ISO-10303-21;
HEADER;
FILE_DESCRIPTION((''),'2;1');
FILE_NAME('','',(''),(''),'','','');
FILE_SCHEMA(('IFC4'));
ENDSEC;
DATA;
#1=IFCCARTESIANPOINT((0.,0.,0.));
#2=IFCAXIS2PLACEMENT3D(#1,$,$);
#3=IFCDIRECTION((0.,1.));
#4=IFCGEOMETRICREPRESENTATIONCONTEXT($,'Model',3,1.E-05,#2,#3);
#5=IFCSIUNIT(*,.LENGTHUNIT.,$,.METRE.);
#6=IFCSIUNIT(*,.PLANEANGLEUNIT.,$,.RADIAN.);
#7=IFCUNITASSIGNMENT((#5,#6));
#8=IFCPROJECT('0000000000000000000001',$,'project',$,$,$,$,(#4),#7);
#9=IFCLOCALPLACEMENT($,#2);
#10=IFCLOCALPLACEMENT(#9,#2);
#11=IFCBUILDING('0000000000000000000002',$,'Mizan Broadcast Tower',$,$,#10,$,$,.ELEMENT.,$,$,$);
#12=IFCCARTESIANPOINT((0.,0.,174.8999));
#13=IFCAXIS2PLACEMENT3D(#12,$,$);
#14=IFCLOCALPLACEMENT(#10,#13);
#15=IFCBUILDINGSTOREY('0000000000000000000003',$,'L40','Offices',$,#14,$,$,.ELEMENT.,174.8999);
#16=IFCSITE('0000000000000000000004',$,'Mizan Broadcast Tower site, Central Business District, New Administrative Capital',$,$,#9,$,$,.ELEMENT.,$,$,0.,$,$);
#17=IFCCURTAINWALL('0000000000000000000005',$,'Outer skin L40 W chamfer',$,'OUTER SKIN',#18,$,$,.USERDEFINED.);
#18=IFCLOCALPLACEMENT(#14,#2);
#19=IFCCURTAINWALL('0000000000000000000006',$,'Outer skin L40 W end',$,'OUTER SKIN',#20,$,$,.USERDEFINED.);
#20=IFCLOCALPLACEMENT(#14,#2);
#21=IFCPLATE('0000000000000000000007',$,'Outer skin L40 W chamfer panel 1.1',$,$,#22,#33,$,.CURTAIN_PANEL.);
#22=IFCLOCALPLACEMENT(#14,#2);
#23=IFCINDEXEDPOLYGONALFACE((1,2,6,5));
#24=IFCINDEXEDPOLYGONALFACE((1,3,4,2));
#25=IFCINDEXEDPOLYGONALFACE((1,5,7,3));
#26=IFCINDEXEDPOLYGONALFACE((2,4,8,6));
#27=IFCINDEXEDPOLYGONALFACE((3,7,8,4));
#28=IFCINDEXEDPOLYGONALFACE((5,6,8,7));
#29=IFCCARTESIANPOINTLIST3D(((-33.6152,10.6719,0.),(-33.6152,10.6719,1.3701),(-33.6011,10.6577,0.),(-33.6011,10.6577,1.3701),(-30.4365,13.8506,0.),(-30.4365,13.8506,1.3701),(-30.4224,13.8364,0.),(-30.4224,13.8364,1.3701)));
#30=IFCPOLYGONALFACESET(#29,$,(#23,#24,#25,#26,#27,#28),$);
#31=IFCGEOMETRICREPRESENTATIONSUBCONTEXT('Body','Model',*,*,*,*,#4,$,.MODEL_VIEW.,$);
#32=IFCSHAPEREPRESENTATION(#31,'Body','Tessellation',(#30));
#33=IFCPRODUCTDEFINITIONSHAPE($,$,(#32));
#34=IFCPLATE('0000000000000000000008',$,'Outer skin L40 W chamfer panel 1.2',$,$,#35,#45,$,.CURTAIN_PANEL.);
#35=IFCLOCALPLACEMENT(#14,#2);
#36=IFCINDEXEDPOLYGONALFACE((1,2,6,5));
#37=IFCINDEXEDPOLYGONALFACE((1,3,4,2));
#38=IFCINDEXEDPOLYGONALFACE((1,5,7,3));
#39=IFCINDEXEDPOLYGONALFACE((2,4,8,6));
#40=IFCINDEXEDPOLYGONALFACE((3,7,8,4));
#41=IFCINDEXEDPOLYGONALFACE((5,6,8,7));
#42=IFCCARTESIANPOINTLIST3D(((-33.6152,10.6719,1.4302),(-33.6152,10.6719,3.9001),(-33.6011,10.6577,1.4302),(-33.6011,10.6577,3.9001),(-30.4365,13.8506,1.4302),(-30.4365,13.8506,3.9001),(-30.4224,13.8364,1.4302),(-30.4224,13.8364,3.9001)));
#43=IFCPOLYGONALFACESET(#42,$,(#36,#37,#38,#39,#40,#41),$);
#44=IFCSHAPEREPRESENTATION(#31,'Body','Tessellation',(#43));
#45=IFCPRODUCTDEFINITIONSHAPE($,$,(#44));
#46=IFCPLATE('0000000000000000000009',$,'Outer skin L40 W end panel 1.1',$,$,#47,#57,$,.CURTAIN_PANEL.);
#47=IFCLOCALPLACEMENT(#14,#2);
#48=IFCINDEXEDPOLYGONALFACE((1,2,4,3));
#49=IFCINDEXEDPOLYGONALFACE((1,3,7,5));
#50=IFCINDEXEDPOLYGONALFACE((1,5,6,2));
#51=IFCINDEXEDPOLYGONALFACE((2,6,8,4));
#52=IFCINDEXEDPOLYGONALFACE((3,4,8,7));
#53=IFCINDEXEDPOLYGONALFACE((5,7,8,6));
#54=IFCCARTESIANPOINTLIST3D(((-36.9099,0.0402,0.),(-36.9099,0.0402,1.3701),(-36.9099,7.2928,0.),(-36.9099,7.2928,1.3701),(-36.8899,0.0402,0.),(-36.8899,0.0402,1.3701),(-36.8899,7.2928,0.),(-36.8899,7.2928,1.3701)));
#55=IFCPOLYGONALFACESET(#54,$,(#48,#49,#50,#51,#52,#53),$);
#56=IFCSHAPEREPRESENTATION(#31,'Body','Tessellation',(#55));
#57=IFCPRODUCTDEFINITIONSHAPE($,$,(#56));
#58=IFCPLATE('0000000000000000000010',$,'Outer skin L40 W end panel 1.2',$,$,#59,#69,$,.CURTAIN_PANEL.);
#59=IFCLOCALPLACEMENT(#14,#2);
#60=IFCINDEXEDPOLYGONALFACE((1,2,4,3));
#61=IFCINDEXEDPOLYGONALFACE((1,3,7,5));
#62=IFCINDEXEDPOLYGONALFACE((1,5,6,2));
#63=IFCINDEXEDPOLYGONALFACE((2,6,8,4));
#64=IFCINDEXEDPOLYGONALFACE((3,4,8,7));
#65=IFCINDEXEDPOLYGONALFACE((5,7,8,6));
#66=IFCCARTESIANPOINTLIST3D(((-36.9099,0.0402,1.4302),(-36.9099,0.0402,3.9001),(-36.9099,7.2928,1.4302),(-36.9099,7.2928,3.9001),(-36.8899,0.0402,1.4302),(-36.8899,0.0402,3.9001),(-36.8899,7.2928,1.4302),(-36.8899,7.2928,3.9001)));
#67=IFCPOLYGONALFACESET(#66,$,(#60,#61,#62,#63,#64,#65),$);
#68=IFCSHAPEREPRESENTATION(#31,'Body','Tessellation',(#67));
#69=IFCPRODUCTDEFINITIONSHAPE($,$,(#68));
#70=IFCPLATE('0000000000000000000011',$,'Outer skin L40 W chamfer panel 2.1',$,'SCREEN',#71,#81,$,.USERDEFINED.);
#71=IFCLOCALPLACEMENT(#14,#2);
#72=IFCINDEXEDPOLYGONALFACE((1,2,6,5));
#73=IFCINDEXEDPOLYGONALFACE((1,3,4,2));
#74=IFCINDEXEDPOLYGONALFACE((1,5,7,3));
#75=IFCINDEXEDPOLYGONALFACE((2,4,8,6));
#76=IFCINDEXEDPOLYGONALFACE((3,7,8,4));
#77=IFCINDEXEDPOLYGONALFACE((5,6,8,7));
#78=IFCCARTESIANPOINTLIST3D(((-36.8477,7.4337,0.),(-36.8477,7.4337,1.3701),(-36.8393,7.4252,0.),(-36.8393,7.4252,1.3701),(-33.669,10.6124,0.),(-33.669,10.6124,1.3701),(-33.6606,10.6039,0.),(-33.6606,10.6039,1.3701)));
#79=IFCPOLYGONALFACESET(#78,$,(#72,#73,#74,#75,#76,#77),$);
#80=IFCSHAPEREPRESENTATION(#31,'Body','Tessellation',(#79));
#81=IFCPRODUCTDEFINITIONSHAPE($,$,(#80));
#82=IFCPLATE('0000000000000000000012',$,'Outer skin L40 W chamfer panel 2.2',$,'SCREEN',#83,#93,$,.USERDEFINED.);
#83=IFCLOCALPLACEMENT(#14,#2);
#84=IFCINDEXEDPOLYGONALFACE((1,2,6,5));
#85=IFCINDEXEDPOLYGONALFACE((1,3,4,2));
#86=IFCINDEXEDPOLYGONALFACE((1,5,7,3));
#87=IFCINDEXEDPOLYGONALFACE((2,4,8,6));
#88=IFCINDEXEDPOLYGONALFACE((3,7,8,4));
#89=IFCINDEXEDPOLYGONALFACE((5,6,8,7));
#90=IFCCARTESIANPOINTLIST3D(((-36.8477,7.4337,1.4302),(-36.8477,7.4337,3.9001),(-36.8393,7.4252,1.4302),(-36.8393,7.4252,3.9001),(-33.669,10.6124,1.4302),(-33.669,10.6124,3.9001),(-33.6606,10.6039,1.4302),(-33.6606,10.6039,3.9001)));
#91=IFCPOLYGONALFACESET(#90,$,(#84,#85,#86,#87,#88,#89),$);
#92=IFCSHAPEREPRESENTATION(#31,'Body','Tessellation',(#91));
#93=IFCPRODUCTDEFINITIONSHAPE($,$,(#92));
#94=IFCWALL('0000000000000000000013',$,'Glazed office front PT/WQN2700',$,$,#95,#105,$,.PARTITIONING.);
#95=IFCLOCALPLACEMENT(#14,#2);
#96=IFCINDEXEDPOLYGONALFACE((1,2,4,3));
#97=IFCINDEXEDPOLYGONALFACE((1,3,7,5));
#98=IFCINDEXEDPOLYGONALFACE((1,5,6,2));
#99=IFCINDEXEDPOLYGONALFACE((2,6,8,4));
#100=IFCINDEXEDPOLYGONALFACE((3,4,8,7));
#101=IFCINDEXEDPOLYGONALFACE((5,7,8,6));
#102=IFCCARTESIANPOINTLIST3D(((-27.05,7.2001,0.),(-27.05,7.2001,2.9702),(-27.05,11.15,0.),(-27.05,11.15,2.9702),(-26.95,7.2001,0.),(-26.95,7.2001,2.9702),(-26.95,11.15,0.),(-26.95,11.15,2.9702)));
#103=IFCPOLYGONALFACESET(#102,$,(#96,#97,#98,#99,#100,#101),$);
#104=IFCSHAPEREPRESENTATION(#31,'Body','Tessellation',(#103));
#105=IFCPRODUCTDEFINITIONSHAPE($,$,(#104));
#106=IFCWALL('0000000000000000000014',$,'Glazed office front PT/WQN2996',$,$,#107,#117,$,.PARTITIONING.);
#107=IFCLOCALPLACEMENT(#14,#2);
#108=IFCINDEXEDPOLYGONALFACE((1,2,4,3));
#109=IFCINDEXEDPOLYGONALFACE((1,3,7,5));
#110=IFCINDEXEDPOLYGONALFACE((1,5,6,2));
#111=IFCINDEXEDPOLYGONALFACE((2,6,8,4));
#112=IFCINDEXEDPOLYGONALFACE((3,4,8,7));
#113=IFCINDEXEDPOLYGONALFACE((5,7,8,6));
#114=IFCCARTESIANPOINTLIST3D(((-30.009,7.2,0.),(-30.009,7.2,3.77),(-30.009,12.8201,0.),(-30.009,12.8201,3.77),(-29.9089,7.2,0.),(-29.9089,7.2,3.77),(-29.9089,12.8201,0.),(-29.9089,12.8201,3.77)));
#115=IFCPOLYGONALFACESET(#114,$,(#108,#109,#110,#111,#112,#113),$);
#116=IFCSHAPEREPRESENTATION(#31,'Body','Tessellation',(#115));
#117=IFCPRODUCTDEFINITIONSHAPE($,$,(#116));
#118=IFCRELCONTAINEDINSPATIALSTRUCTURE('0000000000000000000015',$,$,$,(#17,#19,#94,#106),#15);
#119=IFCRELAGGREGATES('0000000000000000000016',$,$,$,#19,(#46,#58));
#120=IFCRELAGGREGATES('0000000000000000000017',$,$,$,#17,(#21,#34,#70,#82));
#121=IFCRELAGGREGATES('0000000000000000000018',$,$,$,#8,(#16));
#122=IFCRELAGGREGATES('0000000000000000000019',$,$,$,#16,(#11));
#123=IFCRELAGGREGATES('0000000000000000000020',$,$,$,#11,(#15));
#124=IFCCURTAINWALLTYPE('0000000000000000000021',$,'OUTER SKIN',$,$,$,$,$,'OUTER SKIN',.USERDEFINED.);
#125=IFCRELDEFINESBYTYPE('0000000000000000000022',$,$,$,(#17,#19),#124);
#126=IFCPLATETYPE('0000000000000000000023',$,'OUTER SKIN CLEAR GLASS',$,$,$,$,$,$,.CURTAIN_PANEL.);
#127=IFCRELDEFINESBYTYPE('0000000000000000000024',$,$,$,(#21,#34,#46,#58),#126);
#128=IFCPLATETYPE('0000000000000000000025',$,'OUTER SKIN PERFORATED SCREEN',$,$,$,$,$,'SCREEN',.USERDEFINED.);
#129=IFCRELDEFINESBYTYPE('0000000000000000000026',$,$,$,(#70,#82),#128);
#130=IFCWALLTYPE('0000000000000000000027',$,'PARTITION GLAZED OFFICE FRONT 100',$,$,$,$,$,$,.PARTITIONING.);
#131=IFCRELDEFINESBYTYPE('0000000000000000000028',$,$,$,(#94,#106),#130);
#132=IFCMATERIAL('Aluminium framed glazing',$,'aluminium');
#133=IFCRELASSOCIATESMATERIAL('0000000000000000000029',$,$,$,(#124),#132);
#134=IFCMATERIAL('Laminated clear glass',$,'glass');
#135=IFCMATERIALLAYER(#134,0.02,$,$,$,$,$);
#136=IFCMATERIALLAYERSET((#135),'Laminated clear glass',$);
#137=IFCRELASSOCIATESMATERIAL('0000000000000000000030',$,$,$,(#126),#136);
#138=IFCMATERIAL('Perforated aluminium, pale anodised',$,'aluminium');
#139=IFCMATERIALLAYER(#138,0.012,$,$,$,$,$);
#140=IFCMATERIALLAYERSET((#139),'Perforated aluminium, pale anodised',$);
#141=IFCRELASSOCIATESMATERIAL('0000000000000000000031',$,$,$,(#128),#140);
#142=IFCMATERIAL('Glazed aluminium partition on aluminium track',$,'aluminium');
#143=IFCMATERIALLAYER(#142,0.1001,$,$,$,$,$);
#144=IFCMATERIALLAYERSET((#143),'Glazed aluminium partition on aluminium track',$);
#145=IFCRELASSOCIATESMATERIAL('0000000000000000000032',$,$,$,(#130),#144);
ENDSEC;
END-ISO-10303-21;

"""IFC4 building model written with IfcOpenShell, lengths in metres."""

from ifc_helpers import new_model, si_unit, direction, frame, frame_2d, origin, origin_2d, place, context, subcontext, project, spatial, rectangle, extrude, material, layer, layer_set, type_object, element, aggregate, save


model = new_model("IFC4")

# Units and contexts
model_context = context("Model", 3, precision=1e-05, world=origin(), true_north=direction((0.0, 1.0)))
body_context = subcontext(model_context, "Body", "Model", "MODEL_VIEW")
ifc_project = project(units=[si_unit("LENGTHUNIT", "METRE"), si_unit("PLANEANGLEUNIT", "RADIAN")], contexts=[model_context])

# Site, building, storey
site_placement = place(None, origin())
site = spatial("IfcSite", under=ifc_project, at=site_placement, Name="Mizan Broadcast Tower site, Central Business District, New Administrative Capital", CompositionType="ELEMENT", RefElevation=0.0)
building_placement = place(site_placement, origin())
building = spatial("IfcBuilding", under=site, at=building_placement, Name="Mizan Broadcast Tower", CompositionType="ELEMENT")
storey_placement = place(building_placement, frame((0.0, 0.0, 174.8999)))
storey = spatial("IfcBuildingStorey", under=building, at=storey_placement, Name="L40", Description="Offices", CompositionType="ELEMENT", Elevation=174.8999)

# Shared definitions
ifc_material_1 = material(Name="Aluminium framed glazing", Category="aluminium")
curtain_wall_type_1 = type_object("IfcCurtainWallType", Name="OUTER SKIN", ElementType="OUTER SKIN", PredefinedType="USERDEFINED", material=ifc_material_1)

# Curtain wall
curtain_wall_1_placement = place(storey_placement, origin())
curtain_wall_1 = element("IfcCurtainWall", 1, at=curtain_wall_1_placement, inside=storey, type_object=curtain_wall_type_1, Name="Outer skin L40 W chamfer", ObjectType="OUTER SKIN", PredefinedType="USERDEFINED")

# Curtain wall
curtain_wall_2_placement = place(storey_placement, origin())
curtain_wall_2 = element("IfcCurtainWall", 2, at=curtain_wall_2_placement, inside=storey, type_object=curtain_wall_type_1, Name="Outer skin L40 W end", ObjectType="OUTER SKIN", PredefinedType="USERDEFINED")

# Plates
ifc_material_2 = material(Name="Laminated clear glass", Category="glass")
ifc_layer_1 = layer(ifc_material_2, 0.02)
ifc_layer_set_1 = layer_set([ifc_layer_1], Name="Laminated clear glass")
plate_type_1 = type_object("IfcPlateType", Name="OUTER SKIN CLEAR GLASS", PredefinedType="CURTAIN_PANEL", material=ifc_layer_set_1)
plate_1_placement = place(storey_placement, frame((-32.0188, 12.2542, 0.0), z_axis=(0.0, 0.0, 1.0), x_axis=(-0.707107, -0.707107, 0.0)))
plate_1 = element("IfcPlate", 3, at=plate_1_placement, type_object=plate_type_1, Name="Outer skin L40 W chamfer panel 1.1", PredefinedType="CURTAIN_PANEL", context=body_context, shape_type="SweptSolid", body=[
    extrude(rectangle(XDim=4.4954, YDim=0.02, at=origin_2d()), origin(), (0.0, 0.0, 1.0), 1.3701),
])
plate_2_placement = place(storey_placement, frame((-32.0188, 12.2542, 1.4302), z_axis=(0.0, 0.0, 1.0), x_axis=(-0.707107, -0.707107, 0.0)))
plate_2 = element("IfcPlate", 4, at=plate_2_placement, type_object=plate_type_1, Name="Outer skin L40 W chamfer panel 1.2", PredefinedType="CURTAIN_PANEL", context=body_context, shape_type="SweptSolid", body=[
    extrude(rectangle(XDim=4.4954, YDim=0.02, at=origin_2d()), origin(), (0.0, 0.0, 1.0), 2.47),
])
plate_3_placement = place(storey_placement, frame((-36.8999, 3.6665, 0.0), z_axis=(0.0, 0.0, 1.0), x_axis=(0.0, -1.0, 0.0)))
plate_3 = element("IfcPlate", 5, at=plate_3_placement, type_object=plate_type_1, Name="Outer skin L40 W end panel 1.1", PredefinedType="CURTAIN_PANEL", context=body_context, shape_type="SweptSolid", body=[
    extrude(rectangle(XDim=7.2527, YDim=0.02, at=origin_2d()), origin(), (0.0, 0.0, 1.0), 1.3701),
])
plate_4_placement = place(storey_placement, frame((-36.8999, 3.6665, 1.4302), z_axis=(0.0, 0.0, 1.0), x_axis=(0.0, -1.0, 0.0)))
plate_4 = element("IfcPlate", 6, at=plate_4_placement, type_object=plate_type_1, Name="Outer skin L40 W end panel 1.2", PredefinedType="CURTAIN_PANEL", context=body_context, shape_type="SweptSolid", body=[
    extrude(rectangle(XDim=7.2527, YDim=0.02, at=origin_2d()), origin(), (0.0, 0.0, 1.0), 2.47),
])
aggregate(curtain_wall_2, [plate_3, plate_4])
ifc_material_3 = material(Name="Perforated aluminium, pale anodised", Category="aluminium")
ifc_layer_2 = layer(ifc_material_3, 0.012)
ifc_layer_set_2 = layer_set([ifc_layer_2], Name="Perforated aluminium, pale anodised")
plate_type_2 = type_object("IfcPlateType", Name="OUTER SKIN PERFORATED SCREEN", ElementType="SCREEN", PredefinedType="USERDEFINED", material=ifc_layer_set_2)
plate_5_placement = place(storey_placement, frame((-35.2542, 9.0188, 0.0), z_axis=(0.0, 0.0, 1.0), x_axis=(-0.707107, -0.707107, 0.0)))
plate_5 = element("IfcPlate", 7, at=plate_5_placement, type_object=plate_type_2, Name="Outer skin L40 W chamfer panel 2.1", ObjectType="SCREEN", PredefinedType="USERDEFINED", context=body_context, shape_type="SweptSolid", body=[
    extrude(rectangle(XDim=4.4954, YDim=0.012, at=origin_2d()), origin(), (0.0, 0.0, 1.0), 1.3701),
])
plate_6_placement = place(storey_placement, frame((-35.2542, 9.0188, 1.4302), z_axis=(0.0, 0.0, 1.0), x_axis=(-0.707107, -0.707107, 0.0)))
plate_6 = element("IfcPlate", 8, at=plate_6_placement, type_object=plate_type_2, Name="Outer skin L40 W chamfer panel 2.2", ObjectType="SCREEN", PredefinedType="USERDEFINED", context=body_context, shape_type="SweptSolid", body=[
    extrude(rectangle(XDim=4.4954, YDim=0.012, at=origin_2d()), origin(), (0.0, 0.0, 1.0), 2.47),
])
aggregate(curtain_wall_1, [plate_1, plate_2, plate_5, plate_6])

# Walls
ifc_material_4 = material(Name="Glazed aluminium partition on aluminium track", Category="aluminium")
ifc_layer_3 = layer(ifc_material_4, 0.1001)
ifc_layer_set_3 = layer_set([ifc_layer_3], Name="Glazed aluminium partition on aluminium track")
wall_type = type_object("IfcWallType", Name="PARTITION GLAZED OFFICE FRONT 100", PredefinedType="PARTITIONING", material=ifc_layer_set_3)
wall_1_placement = place(storey_placement, frame((-27.0, 7.2, 0.0), z_axis=(0.0, 0.0, 1.0), x_axis=(0.0, 1.0, 0.0)))
element("IfcWall", 9, at=wall_1_placement, inside=storey, type_object=wall_type, Name="Glazed office front PT/WQN2700", PredefinedType="PARTITIONING", context=body_context, shape_type="SweptSolid", body=[
    extrude(rectangle(XDim=3.95, YDim=0.1001, at=frame_2d((1.9751, 0.0))), origin(), (0.0, 0.0, 1.0), 2.9702),
])
wall_2_placement = place(storey_placement, frame((-29.959, 7.2, 0.0), z_axis=(0.0, 0.0, 1.0), x_axis=(0.0, 1.0, 0.0)))
element("IfcWall", 10, at=wall_2_placement, inside=storey, type_object=wall_type, Name="Glazed office front PT/WQN2996", PredefinedType="PARTITIONING", context=body_context, shape_type="SweptSolid", body=[
    extrude(rectangle(XDim=5.6201, YDim=0.1001, at=frame_2d((2.8101, 0.0))), origin(), (0.0, 0.0, 1.0), 3.77),
])

save(model, "model.ifc")
